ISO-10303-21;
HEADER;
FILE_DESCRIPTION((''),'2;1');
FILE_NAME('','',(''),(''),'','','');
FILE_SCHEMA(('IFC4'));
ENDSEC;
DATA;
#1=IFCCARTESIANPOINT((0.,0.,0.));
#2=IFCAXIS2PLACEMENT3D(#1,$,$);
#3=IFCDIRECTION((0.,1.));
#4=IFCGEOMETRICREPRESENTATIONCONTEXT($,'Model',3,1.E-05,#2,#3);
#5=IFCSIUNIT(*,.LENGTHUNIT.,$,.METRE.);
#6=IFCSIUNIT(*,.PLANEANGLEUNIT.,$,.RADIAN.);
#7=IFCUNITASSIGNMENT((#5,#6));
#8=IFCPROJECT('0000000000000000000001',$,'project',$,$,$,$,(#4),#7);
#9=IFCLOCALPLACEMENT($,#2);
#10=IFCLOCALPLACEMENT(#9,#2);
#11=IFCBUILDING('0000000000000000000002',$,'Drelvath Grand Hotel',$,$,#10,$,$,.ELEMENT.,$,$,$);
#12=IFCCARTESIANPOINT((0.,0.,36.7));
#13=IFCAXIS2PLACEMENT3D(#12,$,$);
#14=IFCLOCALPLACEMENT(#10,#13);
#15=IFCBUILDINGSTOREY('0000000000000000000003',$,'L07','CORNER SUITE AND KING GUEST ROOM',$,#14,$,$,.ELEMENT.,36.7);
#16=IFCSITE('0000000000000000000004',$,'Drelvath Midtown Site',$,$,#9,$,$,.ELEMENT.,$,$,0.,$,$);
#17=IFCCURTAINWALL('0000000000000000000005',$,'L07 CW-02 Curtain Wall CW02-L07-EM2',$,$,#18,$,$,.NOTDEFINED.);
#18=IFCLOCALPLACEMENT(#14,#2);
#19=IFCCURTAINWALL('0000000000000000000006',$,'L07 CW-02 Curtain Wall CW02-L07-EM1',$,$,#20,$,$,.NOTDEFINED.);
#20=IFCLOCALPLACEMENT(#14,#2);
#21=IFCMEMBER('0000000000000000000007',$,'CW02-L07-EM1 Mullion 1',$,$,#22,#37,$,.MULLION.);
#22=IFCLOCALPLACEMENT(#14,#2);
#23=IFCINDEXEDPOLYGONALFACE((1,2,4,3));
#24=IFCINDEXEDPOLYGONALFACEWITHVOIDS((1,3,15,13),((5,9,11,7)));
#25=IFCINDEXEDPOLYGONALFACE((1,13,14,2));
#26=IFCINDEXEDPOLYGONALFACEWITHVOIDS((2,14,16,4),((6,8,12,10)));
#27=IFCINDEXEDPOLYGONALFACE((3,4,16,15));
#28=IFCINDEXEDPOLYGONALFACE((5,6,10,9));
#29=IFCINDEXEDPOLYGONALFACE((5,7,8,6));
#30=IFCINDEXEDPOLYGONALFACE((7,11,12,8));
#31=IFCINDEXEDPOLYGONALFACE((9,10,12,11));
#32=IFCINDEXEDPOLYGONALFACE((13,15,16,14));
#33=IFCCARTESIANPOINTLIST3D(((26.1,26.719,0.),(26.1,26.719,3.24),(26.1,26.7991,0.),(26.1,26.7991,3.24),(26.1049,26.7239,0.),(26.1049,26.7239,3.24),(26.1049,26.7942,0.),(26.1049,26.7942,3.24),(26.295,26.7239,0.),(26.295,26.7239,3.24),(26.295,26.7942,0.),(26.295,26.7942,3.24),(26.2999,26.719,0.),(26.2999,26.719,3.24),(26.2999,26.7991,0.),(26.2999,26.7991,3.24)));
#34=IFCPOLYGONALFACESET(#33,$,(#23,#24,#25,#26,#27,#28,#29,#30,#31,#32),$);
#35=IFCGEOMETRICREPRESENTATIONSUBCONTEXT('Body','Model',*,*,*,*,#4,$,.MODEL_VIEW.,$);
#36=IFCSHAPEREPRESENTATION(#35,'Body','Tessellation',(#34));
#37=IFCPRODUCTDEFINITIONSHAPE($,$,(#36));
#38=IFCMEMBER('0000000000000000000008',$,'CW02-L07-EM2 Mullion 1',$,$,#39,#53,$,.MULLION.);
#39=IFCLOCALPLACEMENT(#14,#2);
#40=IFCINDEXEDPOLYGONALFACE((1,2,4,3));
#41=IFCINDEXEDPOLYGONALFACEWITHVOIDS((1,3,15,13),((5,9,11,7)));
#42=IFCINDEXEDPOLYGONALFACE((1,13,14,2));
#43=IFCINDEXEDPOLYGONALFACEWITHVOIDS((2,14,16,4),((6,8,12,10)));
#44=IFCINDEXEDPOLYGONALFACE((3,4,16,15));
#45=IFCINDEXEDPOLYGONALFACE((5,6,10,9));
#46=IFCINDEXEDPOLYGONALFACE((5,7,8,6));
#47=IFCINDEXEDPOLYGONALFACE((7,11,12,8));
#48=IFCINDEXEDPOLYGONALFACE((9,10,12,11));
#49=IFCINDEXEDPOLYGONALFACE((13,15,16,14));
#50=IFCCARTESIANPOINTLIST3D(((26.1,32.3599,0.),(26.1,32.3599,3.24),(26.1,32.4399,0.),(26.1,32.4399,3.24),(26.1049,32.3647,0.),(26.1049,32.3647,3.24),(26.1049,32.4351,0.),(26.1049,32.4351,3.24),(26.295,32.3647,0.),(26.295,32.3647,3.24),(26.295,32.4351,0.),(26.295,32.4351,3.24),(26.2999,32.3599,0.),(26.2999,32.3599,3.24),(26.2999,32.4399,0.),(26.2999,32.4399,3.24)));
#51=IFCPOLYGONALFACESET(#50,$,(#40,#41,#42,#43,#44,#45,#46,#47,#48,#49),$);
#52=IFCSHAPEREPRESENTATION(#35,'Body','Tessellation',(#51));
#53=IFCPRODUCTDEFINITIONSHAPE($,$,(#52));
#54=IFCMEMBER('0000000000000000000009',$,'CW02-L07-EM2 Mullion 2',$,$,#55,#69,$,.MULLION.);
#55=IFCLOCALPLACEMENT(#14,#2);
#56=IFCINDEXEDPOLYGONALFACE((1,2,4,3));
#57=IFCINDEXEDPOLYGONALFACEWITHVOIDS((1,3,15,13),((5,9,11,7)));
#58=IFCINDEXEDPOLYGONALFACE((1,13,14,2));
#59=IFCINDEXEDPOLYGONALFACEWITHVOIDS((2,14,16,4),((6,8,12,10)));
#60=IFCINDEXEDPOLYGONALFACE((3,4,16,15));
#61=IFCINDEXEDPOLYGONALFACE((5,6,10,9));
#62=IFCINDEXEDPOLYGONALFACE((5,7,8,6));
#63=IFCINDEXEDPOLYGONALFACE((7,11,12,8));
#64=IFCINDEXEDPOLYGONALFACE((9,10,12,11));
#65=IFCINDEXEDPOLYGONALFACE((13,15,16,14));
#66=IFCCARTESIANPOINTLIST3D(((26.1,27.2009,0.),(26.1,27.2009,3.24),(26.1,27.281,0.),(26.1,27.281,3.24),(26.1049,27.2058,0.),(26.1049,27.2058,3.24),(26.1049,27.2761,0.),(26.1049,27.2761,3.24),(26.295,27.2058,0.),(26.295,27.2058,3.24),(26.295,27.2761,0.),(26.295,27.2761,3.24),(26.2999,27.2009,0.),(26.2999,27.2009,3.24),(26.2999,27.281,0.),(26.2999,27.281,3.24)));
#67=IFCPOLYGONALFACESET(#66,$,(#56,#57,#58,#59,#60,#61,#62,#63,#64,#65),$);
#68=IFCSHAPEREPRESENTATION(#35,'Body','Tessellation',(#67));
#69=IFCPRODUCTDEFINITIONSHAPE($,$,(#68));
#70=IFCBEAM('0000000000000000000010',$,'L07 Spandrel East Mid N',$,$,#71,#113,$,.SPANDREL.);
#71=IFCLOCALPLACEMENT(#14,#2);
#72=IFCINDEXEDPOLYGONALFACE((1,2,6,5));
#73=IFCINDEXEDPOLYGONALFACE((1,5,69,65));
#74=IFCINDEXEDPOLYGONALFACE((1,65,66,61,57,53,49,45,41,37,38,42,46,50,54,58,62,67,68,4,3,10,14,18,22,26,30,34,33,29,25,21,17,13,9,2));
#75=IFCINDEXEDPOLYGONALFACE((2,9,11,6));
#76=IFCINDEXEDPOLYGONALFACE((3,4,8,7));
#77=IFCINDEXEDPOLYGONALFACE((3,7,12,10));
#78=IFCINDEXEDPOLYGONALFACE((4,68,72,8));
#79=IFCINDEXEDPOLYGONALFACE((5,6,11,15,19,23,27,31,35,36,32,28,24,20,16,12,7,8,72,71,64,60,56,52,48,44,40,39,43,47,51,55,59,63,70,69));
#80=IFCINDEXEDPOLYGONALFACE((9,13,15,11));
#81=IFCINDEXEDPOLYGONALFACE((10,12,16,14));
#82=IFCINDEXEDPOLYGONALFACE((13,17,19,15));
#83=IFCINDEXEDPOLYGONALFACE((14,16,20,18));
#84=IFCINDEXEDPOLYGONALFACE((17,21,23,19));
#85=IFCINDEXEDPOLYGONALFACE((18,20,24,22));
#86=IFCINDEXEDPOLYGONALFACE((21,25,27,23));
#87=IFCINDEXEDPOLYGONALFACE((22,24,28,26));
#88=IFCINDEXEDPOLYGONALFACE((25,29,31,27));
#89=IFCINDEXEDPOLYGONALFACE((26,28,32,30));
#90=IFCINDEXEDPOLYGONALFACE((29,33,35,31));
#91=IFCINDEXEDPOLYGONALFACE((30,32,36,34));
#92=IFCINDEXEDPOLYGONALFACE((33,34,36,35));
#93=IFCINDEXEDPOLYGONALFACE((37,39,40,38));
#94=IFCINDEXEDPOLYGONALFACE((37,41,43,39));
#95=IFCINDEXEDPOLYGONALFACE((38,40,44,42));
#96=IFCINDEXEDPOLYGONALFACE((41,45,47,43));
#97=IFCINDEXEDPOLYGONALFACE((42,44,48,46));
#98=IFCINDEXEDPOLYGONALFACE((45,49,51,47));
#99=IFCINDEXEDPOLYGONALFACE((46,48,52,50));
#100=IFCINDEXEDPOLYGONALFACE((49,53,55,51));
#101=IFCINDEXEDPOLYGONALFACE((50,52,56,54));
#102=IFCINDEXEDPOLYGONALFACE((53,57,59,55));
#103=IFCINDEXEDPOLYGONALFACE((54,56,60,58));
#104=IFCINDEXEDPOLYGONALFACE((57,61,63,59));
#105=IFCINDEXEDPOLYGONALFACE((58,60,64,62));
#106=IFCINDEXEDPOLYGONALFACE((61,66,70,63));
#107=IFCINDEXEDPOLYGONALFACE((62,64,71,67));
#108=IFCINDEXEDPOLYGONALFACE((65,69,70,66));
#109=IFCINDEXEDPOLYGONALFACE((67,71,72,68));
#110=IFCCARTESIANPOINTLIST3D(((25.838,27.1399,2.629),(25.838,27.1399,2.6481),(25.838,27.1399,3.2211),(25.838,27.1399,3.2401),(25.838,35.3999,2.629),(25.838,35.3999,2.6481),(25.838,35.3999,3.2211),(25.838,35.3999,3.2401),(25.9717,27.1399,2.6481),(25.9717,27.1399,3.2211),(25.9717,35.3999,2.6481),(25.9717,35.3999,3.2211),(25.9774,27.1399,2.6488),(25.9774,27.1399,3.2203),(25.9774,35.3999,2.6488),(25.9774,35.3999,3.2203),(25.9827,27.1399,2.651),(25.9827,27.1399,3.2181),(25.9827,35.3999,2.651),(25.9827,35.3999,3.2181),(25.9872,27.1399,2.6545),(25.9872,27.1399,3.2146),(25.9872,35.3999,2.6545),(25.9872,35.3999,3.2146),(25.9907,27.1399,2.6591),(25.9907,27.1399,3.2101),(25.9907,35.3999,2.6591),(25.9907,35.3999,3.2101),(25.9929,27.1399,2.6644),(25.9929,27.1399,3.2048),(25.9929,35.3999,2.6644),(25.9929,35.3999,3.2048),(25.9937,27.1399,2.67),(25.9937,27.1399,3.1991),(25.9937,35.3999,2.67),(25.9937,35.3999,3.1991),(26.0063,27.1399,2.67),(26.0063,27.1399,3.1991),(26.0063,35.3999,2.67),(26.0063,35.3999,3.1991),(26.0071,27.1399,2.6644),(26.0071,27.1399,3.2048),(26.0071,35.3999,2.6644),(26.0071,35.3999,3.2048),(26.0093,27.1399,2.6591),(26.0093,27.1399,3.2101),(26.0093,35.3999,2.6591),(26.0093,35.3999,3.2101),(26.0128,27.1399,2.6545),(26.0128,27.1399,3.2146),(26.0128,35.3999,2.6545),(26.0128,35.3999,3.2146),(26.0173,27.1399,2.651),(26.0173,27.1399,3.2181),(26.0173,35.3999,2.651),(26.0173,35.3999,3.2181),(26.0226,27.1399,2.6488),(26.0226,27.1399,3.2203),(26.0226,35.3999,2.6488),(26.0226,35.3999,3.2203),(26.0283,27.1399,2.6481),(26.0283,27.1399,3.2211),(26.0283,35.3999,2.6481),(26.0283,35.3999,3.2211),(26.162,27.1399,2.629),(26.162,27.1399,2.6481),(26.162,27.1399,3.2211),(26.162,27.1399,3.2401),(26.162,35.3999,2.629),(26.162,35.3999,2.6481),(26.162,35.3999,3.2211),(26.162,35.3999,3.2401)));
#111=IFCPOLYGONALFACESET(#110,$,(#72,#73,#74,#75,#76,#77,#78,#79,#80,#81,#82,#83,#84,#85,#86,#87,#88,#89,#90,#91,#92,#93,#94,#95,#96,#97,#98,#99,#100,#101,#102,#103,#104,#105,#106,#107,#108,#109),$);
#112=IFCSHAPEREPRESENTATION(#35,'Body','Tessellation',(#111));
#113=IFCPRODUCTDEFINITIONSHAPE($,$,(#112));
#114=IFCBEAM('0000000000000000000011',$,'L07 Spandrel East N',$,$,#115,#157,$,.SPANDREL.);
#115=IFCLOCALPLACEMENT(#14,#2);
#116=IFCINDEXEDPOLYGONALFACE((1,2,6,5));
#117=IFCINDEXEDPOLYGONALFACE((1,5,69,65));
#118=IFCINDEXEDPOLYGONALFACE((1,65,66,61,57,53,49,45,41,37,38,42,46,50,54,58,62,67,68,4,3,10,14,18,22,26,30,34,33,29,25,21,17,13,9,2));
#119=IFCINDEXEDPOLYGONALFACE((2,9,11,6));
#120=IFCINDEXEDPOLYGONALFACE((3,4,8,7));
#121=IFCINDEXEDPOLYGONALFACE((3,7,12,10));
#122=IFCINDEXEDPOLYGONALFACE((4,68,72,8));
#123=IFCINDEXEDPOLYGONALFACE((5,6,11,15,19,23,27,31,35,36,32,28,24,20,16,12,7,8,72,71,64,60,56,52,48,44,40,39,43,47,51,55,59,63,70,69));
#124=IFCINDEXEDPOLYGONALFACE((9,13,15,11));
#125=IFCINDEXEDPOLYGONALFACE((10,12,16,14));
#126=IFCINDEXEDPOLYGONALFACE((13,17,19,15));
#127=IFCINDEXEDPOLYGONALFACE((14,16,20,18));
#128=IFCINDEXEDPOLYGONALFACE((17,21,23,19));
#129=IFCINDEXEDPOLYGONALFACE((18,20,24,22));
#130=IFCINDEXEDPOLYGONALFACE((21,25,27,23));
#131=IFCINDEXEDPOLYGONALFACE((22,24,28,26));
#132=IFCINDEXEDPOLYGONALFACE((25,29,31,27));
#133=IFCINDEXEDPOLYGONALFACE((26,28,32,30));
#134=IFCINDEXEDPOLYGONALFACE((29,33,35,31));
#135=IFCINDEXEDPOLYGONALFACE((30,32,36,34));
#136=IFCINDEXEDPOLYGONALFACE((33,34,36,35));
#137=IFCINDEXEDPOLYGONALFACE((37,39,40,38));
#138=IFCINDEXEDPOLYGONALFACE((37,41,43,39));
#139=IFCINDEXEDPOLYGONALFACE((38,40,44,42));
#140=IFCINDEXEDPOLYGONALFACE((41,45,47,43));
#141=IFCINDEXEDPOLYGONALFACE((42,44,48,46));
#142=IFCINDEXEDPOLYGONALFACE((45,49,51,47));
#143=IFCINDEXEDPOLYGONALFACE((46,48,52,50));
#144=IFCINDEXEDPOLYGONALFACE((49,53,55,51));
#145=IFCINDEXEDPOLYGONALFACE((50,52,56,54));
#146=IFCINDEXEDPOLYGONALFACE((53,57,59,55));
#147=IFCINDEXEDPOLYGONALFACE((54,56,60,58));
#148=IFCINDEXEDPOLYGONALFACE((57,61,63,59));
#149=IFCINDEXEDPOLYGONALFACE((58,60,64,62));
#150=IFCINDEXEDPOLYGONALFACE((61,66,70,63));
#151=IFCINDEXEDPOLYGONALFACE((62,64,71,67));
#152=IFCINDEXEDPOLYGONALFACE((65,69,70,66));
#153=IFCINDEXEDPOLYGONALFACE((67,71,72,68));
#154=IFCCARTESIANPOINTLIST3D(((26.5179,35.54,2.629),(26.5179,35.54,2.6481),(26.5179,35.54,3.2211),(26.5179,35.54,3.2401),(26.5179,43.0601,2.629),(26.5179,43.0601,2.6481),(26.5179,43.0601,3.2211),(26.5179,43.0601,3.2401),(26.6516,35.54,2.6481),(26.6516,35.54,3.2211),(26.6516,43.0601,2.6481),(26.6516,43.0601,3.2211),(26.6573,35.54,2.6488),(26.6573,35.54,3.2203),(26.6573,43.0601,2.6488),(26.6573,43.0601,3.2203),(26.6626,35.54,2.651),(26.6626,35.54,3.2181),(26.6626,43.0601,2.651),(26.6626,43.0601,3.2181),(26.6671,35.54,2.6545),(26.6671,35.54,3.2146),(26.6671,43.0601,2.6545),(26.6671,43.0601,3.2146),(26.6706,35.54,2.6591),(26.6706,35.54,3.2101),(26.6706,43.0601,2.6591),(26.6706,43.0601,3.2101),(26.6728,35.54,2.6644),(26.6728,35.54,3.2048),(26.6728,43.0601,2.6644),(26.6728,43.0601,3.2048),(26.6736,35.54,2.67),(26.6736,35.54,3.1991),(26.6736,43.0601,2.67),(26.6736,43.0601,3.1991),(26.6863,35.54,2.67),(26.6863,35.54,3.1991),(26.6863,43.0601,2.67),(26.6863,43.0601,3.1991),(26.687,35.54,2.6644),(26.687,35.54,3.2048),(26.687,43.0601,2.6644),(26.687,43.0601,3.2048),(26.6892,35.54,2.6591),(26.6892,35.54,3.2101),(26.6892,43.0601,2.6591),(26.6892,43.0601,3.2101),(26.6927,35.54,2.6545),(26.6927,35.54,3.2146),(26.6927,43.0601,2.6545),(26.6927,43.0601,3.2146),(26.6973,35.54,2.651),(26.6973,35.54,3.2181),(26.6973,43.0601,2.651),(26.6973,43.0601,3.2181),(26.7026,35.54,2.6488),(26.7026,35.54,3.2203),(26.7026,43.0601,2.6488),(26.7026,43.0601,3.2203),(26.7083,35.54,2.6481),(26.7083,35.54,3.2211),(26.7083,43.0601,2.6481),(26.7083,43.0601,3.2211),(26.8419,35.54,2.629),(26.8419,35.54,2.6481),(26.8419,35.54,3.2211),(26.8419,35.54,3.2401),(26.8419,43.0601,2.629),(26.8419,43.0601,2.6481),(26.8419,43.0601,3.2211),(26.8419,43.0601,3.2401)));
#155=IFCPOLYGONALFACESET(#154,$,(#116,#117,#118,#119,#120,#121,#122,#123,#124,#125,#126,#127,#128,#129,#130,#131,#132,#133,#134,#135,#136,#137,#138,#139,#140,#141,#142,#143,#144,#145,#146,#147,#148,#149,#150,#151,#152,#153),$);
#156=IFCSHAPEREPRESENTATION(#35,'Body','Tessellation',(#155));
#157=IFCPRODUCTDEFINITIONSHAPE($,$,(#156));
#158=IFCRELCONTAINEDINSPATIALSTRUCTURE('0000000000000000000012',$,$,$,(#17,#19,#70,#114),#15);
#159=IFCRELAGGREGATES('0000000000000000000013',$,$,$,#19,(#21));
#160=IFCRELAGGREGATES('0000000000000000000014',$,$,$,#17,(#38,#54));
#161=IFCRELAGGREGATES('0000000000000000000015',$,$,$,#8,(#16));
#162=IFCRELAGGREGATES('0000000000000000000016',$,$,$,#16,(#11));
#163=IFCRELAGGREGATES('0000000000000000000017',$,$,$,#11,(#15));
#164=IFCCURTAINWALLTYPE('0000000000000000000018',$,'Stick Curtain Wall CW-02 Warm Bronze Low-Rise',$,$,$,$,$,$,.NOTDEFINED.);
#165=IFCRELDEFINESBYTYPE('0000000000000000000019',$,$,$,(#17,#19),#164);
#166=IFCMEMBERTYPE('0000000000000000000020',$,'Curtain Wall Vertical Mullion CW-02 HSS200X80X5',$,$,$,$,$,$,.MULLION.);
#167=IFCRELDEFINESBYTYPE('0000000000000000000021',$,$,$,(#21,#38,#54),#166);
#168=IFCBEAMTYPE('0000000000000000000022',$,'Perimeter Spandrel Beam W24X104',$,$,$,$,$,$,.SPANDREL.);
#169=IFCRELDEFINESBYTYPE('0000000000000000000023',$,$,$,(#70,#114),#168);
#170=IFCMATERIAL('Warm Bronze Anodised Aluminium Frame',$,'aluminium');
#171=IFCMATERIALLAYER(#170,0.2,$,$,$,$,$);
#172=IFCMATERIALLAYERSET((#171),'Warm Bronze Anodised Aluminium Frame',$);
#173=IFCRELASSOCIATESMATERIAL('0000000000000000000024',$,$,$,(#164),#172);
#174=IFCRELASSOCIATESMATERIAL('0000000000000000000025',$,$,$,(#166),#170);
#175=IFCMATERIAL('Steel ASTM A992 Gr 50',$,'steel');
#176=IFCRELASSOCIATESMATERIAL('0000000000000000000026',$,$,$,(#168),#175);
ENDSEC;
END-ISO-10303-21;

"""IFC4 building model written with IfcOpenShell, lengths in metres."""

from ifc_helpers import new_model, si_unit, direction, frame, origin, origin_2d, place, context, subcontext, project, spatial, hollow_rectangle, i_section, extrude, material, layer, layer_set, material_profile, profile_set, type_object, element, aggregate, save


model = new_model("IFC4")

# Units and contexts
model_context = context("Model", 3, precision=1e-05, world=origin(), true_north=direction((0.0, 1.0)))
body_context = subcontext(model_context, "Body", "Model", "MODEL_VIEW")
ifc_project = project(units=[si_unit("LENGTHUNIT", "METRE"), si_unit("PLANEANGLEUNIT", "RADIAN")], contexts=[model_context])

# Site, building, storey
site_placement = place(None, origin())
site = spatial("IfcSite", under=ifc_project, at=site_placement, Name="Drelvath Midtown Site", CompositionType="ELEMENT", RefElevation=0.0)
building_placement = place(site_placement, origin())
building = spatial("IfcBuilding", under=site, at=building_placement, Name="Drelvath Grand Hotel", CompositionType="ELEMENT")
storey_placement = place(building_placement, frame((0.0, 0.0, 36.7)))
storey = spatial("IfcBuildingStorey", under=building, at=storey_placement, Name="L07", Description="CORNER SUITE AND KING GUEST ROOM", CompositionType="ELEMENT", Elevation=36.7)

# Curtain wall
ifc_material_1 = material(Name="Warm Bronze Anodised Aluminium Frame", Category="aluminium")
ifc_layer_1 = layer(ifc_material_1, 0.2)
ifc_layer_set_1 = layer_set([ifc_layer_1], Name="Warm Bronze Anodised Aluminium Frame")
curtain_wall_type = type_object("IfcCurtainWallType", Name="Stick Curtain Wall CW-02 Warm Bronze Low-Rise", PredefinedType="NOTDEFINED", material=ifc_layer_set_1)
curtain_wall_1_placement = place(storey_placement, origin())
curtain_wall_1 = element("IfcCurtainWall", 1, at=curtain_wall_1_placement, inside=storey, type_object=curtain_wall_type, Name="L07 CW-02 Curtain Wall CW02-L07-EM2", PredefinedType="NOTDEFINED")

# Shared definitions
ifc_material_profile_1 = material_profile(ifc_material_1, hollow_rectangle(XDim=0.0801, YDim=0.2, WallThickness=0.0049, at=origin_2d()), Name="HSS200X80X5")
ifc_profile_set_1 = profile_set([ifc_material_profile_1], Name="Warm Bronze Anodised Aluminium Frame")
member_type_1 = type_object("IfcMemberType", Name="Curtain Wall Vertical Mullion CW-02 HSS200X80X5", PredefinedType="MULLION", material=ifc_profile_set_1)

# Curtain wall, member
curtain_wall_2_placement = place(storey_placement, origin())
curtain_wall_2 = element("IfcCurtainWall", 2, at=curtain_wall_2_placement, inside=storey, type_object=curtain_wall_type, Name="L07 CW-02 Curtain Wall CW02-L07-EM1", PredefinedType="NOTDEFINED")
member_1_placement = place(storey_placement, frame((26.2, 26.759, 0.0), z_axis=(0.0, 0.0, 1.0), x_axis=(0.0, 1.0, 0.0)))
member_1 = element("IfcMember", 3, at=member_1_placement, type_object=member_type_1, Name="CW02-L07-EM1 Mullion 1", PredefinedType="MULLION", context=body_context, shape_type="SweptSolid", body=[
    extrude(hollow_rectangle(XDim=0.0801, YDim=0.2, WallThickness=0.0049, at=origin_2d()), origin(), (0.0, 0.0, 1.0), 3.24),
])
aggregate(curtain_wall_2, [member_1])

# Members
member_2_placement = place(storey_placement, frame((26.2, 32.3999, 0.0), z_axis=(0.0, 0.0, 1.0), x_axis=(0.0, 1.0, 0.0)))
member_2 = element("IfcMember", 4, at=member_2_placement, type_object=member_type_1, Name="CW02-L07-EM2 Mullion 1", PredefinedType="MULLION", context=body_context, shape_type="SweptSolid", body=[
    extrude(hollow_rectangle(XDim=0.0801, YDim=0.2, WallThickness=0.0049, at=origin_2d()), origin(), (0.0, 0.0, 1.0), 3.24),
])
member_3_placement = place(storey_placement, frame((26.2, 27.241, 0.0), z_axis=(0.0, 0.0, 1.0), x_axis=(0.0, 1.0, 0.0)))
member_3 = element("IfcMember", 5, at=member_3_placement, type_object=member_type_1, Name="CW02-L07-EM2 Mullion 2", PredefinedType="MULLION", context=body_context, shape_type="SweptSolid", body=[
    extrude(hollow_rectangle(XDim=0.0801, YDim=0.2, WallThickness=0.0049, at=origin_2d()), origin(), (0.0, 0.0, 1.0), 3.24),
])

# Beams
ifc_material_2 = material(Name="Steel ASTM A992 Gr 50", Category="steel")
ifc_material_profile_2 = material_profile(ifc_material_2, i_section(OverallWidth=0.324, OverallDepth=0.6111, WebThickness=0.0127, FlangeThickness=0.019, FilletRadius=0.022, at=origin_2d()), Name="W24X104")
ifc_profile_set_2 = profile_set([ifc_material_profile_2], Name="Steel ASTM A992 Gr 50")
beam_type_1 = type_object("IfcBeamType", Name="Perimeter Spandrel Beam W24X104", PredefinedType="SPANDREL", material=ifc_profile_set_2)
beam_1_placement = place(storey_placement, frame((26.0, 27.1399, 2.9346), z_axis=(0.0, 1.0, 0.0), x_axis=(-1.0, 0.0, 0.0)))
element("IfcBeam", 6, at=beam_1_placement, inside=storey, type_object=beam_type_1, Name="L07 Spandrel East Mid N", PredefinedType="SPANDREL", context=body_context, shape_type="SweptSolid", body=[
    extrude(i_section(OverallWidth=0.324, OverallDepth=0.6111, WebThickness=0.0127, FlangeThickness=0.019, FilletRadius=0.022, at=origin_2d()), origin(), (0.0, 0.0, 1.0), 8.26),
])
beam_2_placement = place(storey_placement, frame((26.6799, 35.54, 2.9346), z_axis=(0.0, 1.0, 0.0), x_axis=(-1.0, 0.0, 0.0)))
element("IfcBeam", 7, at=beam_2_placement, inside=storey, type_object=beam_type_1, Name="L07 Spandrel East N", PredefinedType="SPANDREL", context=body_context, shape_type="SweptSolid", body=[
    extrude(i_section(OverallWidth=0.324, OverallDepth=0.6111, WebThickness=0.0127, FlangeThickness=0.019, FilletRadius=0.022, at=origin_2d()), origin(), (0.0, 0.0, 1.0), 7.52),
])

aggregate(curtain_wall_1, [member_2, member_3])

save(model, "model.ifc")
